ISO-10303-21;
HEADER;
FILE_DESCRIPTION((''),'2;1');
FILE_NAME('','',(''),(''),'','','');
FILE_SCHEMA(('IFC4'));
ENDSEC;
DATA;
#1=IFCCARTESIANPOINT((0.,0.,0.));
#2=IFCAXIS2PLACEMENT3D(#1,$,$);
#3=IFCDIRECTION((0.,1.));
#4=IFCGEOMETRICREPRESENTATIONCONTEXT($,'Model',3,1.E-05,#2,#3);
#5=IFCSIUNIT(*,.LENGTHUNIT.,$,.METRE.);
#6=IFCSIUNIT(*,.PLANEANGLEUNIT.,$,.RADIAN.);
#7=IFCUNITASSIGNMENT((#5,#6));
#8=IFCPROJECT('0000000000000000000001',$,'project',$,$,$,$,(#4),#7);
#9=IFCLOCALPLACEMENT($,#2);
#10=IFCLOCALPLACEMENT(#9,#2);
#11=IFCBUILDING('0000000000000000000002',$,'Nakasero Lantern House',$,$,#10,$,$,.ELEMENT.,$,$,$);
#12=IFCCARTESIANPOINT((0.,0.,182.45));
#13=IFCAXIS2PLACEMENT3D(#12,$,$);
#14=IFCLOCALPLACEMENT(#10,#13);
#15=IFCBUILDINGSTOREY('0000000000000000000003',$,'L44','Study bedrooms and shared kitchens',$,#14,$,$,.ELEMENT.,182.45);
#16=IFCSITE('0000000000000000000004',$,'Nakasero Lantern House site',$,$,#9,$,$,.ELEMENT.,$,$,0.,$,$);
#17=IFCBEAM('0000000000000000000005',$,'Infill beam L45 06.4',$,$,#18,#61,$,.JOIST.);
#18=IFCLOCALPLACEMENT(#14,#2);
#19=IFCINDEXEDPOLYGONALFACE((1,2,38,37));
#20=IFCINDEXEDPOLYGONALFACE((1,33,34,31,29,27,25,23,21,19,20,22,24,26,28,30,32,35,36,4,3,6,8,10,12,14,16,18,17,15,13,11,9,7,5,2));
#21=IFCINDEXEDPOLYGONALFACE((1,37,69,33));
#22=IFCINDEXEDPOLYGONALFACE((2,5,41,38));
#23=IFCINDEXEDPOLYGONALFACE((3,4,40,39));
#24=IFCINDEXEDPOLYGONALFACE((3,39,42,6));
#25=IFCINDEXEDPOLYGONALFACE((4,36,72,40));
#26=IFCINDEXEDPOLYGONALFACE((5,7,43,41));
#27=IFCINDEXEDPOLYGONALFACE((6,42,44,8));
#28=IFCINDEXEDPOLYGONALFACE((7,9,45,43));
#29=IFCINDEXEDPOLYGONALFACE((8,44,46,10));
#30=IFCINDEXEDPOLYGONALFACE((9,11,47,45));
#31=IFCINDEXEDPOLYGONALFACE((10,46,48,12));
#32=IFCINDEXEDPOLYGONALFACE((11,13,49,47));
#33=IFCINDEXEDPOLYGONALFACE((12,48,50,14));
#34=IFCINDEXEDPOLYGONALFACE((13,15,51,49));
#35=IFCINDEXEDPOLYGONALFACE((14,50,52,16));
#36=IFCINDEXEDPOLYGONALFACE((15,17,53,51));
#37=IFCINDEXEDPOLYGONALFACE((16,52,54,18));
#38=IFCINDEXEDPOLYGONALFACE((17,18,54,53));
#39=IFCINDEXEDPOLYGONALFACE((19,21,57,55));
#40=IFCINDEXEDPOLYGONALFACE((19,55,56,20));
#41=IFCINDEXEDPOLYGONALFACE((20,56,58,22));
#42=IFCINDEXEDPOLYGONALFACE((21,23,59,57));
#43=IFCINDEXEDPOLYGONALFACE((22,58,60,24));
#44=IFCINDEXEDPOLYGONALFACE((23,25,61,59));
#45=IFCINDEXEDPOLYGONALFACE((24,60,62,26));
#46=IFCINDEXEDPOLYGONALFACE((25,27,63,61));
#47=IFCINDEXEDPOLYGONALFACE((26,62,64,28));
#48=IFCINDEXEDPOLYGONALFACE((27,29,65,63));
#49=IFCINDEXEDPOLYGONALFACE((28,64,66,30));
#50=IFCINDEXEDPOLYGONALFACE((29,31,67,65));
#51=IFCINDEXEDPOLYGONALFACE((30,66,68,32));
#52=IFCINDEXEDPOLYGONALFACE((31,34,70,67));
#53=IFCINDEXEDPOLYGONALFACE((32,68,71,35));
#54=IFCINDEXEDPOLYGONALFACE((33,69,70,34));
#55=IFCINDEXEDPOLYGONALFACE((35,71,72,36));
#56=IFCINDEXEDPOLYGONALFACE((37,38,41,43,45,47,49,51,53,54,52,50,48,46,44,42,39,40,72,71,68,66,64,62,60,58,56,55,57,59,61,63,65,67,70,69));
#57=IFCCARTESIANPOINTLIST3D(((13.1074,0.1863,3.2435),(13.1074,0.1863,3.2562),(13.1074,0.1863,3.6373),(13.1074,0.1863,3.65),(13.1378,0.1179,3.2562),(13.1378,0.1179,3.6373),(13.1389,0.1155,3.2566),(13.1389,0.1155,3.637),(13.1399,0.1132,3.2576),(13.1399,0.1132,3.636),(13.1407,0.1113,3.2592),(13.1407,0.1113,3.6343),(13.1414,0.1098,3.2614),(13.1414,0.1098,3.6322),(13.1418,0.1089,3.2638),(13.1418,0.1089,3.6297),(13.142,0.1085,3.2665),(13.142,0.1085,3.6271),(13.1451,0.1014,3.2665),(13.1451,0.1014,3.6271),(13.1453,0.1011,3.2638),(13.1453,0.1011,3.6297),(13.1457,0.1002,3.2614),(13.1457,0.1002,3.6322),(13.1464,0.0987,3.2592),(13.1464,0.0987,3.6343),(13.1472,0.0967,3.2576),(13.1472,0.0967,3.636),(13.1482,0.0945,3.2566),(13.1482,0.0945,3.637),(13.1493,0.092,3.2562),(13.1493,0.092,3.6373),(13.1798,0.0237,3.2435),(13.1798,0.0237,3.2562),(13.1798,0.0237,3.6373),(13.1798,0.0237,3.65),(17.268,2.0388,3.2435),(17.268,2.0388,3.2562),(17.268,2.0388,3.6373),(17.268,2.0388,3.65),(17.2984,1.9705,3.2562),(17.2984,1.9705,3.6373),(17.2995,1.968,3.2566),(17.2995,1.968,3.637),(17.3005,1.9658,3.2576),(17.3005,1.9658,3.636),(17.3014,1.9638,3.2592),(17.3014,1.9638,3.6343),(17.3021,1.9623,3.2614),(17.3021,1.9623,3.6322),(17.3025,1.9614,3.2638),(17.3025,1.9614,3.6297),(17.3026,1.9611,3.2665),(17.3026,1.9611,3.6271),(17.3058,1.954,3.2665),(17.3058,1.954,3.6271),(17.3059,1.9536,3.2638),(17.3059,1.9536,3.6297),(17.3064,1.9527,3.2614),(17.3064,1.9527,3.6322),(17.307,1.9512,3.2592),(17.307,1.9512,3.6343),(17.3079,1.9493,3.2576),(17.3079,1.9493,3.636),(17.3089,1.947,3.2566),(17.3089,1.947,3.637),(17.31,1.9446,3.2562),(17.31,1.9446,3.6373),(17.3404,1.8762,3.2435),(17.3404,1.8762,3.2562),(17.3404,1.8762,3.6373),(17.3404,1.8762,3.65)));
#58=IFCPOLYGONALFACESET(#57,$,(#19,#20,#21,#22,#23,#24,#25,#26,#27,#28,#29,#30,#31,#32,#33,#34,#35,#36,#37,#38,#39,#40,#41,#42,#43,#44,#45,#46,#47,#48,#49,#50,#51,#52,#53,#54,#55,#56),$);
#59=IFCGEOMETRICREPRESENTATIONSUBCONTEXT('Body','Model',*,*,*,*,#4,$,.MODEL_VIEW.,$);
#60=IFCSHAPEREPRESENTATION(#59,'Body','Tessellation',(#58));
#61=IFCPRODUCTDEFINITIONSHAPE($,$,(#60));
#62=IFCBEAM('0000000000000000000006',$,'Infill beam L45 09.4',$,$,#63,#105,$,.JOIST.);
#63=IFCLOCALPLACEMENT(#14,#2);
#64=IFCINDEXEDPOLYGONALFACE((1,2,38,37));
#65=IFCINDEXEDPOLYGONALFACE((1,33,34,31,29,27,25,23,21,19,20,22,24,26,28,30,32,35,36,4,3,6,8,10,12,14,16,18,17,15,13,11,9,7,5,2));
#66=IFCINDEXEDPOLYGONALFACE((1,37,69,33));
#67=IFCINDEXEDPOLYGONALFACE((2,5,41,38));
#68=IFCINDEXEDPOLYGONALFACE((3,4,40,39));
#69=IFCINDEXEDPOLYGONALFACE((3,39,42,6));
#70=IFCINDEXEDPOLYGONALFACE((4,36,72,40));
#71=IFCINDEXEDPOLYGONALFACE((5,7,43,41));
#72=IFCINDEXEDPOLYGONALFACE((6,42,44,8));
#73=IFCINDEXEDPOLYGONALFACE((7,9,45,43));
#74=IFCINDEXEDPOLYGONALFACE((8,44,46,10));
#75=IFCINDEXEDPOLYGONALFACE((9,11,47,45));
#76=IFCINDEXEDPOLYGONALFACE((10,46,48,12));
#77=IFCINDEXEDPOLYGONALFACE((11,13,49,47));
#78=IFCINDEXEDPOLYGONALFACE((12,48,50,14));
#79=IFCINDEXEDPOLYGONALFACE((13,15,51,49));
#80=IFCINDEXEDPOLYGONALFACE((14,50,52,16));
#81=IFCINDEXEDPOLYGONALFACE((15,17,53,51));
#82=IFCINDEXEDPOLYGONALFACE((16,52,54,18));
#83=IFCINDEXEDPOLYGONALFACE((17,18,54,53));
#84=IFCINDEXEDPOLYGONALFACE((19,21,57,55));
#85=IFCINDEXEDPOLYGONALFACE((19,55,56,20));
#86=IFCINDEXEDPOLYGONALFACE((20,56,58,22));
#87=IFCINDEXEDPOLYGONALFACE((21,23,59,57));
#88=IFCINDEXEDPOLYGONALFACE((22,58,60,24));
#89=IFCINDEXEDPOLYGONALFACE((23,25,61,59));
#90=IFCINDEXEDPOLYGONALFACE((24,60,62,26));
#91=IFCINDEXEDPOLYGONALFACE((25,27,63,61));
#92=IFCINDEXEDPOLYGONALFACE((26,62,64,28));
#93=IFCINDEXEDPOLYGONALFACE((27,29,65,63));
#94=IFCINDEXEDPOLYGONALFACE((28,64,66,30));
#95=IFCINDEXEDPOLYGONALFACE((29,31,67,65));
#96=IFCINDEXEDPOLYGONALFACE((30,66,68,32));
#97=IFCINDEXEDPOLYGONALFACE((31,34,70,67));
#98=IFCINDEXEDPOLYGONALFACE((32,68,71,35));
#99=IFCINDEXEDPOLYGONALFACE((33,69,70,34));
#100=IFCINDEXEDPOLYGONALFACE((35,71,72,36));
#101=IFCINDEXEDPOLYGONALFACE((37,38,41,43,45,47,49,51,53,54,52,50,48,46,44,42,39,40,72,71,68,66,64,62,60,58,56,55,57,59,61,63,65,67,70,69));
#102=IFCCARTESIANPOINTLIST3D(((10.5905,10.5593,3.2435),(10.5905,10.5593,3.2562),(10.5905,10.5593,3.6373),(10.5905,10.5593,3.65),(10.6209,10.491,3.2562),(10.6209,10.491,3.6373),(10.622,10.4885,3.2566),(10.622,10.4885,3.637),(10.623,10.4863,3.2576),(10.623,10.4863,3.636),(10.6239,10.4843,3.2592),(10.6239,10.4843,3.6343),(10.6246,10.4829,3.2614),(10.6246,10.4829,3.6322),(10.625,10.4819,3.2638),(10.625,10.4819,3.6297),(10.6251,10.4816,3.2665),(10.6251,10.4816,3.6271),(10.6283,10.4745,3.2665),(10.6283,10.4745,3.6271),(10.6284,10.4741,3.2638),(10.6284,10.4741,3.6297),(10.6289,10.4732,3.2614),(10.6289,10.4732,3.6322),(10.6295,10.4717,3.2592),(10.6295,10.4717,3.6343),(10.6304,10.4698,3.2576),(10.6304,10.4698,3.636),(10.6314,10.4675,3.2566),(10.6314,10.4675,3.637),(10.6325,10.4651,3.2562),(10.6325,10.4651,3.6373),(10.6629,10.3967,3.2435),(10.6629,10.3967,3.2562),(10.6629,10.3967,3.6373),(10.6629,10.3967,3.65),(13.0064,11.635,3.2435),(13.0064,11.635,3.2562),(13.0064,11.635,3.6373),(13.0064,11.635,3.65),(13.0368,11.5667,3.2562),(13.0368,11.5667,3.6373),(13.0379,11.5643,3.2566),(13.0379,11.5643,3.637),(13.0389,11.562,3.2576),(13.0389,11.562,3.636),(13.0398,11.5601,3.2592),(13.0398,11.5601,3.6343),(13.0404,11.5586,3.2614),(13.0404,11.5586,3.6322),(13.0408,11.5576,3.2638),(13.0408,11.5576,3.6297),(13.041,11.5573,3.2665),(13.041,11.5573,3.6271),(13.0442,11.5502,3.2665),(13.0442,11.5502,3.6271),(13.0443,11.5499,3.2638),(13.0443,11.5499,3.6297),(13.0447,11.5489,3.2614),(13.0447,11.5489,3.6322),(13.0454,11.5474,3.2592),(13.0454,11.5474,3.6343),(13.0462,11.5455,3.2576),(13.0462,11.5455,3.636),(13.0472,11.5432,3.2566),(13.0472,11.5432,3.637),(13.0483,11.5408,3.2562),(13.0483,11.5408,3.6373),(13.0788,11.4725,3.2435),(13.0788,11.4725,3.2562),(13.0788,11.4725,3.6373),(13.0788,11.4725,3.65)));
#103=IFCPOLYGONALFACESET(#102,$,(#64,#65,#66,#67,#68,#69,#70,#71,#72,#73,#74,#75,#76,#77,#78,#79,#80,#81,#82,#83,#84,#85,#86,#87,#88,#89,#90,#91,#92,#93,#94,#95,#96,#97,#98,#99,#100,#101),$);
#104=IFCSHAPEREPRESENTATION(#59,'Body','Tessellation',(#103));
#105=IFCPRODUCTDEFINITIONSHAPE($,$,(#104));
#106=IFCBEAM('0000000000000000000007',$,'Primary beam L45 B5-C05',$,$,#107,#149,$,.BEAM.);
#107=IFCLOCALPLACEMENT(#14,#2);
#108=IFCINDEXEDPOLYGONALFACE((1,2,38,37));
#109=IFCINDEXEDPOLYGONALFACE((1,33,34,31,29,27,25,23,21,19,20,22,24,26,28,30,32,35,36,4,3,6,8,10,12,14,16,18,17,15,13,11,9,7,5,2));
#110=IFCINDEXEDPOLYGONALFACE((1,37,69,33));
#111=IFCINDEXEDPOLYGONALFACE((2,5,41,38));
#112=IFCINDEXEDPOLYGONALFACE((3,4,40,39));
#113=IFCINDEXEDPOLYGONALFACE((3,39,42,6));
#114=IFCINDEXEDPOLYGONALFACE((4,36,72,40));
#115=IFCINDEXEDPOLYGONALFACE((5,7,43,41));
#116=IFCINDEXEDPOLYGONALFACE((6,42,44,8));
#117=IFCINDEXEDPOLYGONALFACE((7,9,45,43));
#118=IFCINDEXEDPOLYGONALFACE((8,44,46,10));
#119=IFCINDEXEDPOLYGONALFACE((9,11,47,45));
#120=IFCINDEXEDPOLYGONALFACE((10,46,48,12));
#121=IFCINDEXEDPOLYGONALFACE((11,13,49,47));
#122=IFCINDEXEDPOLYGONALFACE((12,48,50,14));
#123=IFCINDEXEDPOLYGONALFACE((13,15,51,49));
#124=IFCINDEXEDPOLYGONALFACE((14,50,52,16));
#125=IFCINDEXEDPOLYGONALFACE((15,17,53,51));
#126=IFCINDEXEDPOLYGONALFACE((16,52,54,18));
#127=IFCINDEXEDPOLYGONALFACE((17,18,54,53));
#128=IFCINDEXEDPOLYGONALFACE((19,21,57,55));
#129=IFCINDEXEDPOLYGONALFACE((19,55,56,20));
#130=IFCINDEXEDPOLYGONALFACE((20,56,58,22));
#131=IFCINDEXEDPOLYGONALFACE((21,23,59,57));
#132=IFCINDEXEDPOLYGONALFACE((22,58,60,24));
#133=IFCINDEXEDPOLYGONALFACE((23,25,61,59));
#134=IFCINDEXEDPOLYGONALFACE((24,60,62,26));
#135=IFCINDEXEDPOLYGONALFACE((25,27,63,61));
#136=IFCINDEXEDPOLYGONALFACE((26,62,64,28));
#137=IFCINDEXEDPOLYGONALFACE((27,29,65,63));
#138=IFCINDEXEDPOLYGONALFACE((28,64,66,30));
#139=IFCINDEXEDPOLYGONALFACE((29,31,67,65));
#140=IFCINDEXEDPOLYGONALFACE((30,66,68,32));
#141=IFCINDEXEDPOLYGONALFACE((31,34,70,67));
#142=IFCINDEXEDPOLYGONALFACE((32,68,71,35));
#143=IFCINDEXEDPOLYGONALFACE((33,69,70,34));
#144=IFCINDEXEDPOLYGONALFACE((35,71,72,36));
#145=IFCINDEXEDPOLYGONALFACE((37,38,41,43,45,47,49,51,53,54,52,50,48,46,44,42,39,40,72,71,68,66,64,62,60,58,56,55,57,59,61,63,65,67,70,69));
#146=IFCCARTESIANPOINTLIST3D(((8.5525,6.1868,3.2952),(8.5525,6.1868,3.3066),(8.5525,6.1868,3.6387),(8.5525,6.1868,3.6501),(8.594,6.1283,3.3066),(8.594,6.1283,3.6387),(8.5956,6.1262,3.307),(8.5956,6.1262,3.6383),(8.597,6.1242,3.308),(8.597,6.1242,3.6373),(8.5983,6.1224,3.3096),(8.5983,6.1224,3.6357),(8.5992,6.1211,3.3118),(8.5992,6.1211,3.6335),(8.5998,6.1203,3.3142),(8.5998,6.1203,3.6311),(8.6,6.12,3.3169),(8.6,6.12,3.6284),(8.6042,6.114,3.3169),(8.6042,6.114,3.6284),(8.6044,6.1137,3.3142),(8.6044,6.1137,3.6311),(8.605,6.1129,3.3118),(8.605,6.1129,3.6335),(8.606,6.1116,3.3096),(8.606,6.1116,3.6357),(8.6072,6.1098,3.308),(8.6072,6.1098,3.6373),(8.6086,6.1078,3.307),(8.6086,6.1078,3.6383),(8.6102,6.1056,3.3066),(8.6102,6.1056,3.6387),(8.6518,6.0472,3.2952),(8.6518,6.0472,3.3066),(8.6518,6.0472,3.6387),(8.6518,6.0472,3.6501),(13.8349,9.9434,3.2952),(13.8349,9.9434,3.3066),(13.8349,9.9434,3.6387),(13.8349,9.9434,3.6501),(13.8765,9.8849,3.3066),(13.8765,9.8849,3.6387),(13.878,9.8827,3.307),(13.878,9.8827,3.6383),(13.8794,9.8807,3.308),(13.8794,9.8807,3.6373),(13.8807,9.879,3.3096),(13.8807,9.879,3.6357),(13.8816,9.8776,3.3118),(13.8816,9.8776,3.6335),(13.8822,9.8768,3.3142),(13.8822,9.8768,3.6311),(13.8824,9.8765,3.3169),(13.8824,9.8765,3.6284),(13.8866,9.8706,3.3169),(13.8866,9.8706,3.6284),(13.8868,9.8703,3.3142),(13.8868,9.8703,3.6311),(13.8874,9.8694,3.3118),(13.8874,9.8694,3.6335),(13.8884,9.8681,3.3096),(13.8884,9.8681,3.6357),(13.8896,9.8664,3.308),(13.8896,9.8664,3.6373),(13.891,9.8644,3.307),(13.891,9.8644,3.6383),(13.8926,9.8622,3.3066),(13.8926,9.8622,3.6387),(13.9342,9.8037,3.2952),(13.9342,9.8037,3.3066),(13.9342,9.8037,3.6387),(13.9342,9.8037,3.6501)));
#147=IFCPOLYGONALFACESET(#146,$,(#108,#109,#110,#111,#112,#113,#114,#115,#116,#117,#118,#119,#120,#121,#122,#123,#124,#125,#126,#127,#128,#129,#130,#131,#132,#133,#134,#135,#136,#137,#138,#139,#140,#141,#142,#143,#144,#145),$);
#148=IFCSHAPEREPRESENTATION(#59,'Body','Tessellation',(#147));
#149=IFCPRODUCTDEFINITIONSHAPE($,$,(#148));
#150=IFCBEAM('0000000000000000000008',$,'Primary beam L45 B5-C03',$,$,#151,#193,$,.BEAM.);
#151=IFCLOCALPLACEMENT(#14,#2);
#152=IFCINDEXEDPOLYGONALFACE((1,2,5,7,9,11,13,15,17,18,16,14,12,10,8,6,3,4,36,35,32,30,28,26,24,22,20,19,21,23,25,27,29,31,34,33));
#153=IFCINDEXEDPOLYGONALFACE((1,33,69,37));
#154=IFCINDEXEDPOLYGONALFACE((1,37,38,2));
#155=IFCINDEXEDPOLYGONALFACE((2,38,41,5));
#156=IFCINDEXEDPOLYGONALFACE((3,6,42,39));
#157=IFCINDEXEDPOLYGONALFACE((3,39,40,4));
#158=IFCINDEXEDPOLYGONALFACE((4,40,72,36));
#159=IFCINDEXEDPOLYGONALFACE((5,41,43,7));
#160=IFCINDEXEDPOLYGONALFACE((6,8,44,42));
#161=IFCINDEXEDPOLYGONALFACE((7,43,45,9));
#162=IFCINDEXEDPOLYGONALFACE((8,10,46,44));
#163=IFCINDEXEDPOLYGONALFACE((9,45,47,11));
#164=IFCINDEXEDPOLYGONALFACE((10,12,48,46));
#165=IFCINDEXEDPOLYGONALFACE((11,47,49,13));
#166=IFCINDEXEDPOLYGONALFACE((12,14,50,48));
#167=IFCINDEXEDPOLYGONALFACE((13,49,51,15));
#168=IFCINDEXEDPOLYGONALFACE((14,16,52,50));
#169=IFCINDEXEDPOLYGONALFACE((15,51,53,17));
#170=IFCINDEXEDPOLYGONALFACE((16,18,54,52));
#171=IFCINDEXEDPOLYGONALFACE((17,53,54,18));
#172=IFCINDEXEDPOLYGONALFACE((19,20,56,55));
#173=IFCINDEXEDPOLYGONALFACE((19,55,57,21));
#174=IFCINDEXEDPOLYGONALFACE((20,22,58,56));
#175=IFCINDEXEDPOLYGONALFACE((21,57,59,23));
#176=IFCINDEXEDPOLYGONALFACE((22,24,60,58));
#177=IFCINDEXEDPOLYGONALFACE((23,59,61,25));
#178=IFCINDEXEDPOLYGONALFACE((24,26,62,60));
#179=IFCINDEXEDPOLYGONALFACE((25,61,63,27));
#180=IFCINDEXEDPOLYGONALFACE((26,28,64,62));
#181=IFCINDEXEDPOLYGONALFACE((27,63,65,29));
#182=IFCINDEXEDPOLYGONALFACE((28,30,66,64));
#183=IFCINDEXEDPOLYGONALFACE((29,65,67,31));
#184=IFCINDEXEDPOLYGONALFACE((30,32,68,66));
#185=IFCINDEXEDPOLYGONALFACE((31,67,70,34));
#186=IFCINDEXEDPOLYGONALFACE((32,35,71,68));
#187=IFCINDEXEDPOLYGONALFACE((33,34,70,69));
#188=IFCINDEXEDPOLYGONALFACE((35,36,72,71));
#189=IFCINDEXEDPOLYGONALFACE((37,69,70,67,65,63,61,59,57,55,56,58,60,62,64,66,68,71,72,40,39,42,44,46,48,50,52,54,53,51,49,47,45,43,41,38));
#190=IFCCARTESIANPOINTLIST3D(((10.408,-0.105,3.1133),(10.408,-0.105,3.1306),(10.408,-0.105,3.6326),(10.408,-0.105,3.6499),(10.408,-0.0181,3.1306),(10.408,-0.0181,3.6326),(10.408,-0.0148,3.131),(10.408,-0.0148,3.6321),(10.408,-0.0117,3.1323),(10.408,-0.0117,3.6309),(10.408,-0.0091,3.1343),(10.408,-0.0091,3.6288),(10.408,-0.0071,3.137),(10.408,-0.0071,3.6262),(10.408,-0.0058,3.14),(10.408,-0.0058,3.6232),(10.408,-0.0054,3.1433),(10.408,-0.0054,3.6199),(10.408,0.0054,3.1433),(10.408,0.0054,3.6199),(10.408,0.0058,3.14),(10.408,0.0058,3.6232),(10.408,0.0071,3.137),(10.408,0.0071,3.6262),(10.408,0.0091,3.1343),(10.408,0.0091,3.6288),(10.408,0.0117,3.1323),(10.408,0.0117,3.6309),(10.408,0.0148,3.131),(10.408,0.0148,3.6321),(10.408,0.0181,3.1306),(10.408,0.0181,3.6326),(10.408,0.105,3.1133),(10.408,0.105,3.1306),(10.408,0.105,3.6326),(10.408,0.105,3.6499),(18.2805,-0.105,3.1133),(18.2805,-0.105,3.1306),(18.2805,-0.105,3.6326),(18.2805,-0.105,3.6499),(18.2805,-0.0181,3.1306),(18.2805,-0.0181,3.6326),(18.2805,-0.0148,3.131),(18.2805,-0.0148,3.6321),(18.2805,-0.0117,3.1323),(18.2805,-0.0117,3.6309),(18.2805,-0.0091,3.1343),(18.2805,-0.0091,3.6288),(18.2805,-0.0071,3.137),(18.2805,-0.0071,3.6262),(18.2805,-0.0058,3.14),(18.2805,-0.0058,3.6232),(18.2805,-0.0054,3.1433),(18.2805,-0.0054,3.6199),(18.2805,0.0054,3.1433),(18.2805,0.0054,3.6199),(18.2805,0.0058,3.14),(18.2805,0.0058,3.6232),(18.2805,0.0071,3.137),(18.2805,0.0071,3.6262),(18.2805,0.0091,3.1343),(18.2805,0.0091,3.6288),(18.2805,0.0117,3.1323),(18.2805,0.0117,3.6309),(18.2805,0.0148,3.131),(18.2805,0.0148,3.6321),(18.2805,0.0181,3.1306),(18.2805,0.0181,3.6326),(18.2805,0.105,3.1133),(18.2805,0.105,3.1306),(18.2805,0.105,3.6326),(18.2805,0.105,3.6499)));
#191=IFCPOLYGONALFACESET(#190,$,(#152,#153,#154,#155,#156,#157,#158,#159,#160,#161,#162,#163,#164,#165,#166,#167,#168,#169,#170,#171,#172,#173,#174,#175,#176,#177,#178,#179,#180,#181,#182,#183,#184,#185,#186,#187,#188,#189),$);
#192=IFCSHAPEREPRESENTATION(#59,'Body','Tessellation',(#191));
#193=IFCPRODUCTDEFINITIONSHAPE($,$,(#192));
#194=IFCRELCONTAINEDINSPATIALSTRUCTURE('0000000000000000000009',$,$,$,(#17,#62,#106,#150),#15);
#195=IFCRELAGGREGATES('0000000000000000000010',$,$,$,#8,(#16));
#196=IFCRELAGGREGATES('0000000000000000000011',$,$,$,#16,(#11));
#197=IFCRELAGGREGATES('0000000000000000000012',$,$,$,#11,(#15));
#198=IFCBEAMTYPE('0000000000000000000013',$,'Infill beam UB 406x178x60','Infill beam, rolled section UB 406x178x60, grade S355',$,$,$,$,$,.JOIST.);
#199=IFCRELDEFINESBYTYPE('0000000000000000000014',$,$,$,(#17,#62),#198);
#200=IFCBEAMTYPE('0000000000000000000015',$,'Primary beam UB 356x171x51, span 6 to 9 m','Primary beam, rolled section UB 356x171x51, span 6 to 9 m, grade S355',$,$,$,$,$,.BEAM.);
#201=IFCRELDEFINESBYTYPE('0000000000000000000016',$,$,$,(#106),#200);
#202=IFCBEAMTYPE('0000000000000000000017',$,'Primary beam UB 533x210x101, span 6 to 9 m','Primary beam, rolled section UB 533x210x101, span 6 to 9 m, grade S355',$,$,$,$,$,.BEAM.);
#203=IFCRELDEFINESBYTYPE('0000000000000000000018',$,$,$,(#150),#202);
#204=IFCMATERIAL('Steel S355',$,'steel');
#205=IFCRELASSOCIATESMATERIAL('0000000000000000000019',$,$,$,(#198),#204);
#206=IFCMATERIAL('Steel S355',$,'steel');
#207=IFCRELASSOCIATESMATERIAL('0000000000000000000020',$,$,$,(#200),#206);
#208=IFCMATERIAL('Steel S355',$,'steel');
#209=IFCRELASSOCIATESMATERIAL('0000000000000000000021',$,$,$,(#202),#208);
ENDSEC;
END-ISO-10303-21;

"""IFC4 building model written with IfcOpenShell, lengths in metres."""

from ifc_helpers import new_model, si_unit, direction, frame, origin, origin_2d, place, context, subcontext, project, spatial, i_section, extrude, material, material_profile, profile_set, type_object, element, save


model = new_model("IFC4")

# Units and contexts
model_context = context("Model", 3, precision=1e-05, world=origin(), true_north=direction((0.0, 1.0)))
body_context = subcontext(model_context, "Body", "Model", "MODEL_VIEW")
ifc_project = project(units=[si_unit("LENGTHUNIT", "METRE"), si_unit("PLANEANGLEUNIT", "RADIAN")], contexts=[model_context])

# Site, building, storey
site_placement = place(None, origin())
site = spatial("IfcSite", under=ifc_project, at=site_placement, Name="Nakasero Lantern House site", CompositionType="ELEMENT", RefElevation=0.0)
building_placement = place(site_placement, origin())
building = spatial("IfcBuilding", under=site, at=building_placement, Name="Nakasero Lantern House", CompositionType="ELEMENT")
storey_placement = place(building_placement, frame((0.0, 0.0, 182.45)))
storey = spatial("IfcBuildingStorey", under=building, at=storey_placement, Name="L44", Description="Study bedrooms and shared kitchens", CompositionType="ELEMENT", Elevation=182.45)

# Beams
ifc_material_1 = material(Name="Steel S355", Category="steel")
ifc_material_profile_1 = material_profile(ifc_material_1, i_section(OverallWidth=0.178, OverallDepth=0.4065, WebThickness=0.0078, FlangeThickness=0.0127, FilletRadius=0.0103, at=origin_2d()), Name="UB 406x178x60")
ifc_profile_set_1 = profile_set([ifc_material_profile_1], Name="Steel S355")
beam_type_1 = type_object("IfcBeamType", Name="Infill beam UB 406x178x60", Description="Infill beam, rolled section UB 406x178x60, grade S355", PredefinedType="JOIST", material=ifc_profile_set_1)
beam_1_placement = place(storey_placement, frame((13.1436, 0.105, 3.4468), z_axis=(0.913537, 0.406755, 0.0), x_axis=(-0.406755, 0.913537, 0.0)))
element("IfcBeam", 1, at=beam_1_placement, inside=storey, type_object=beam_type_1, Name="Infill beam L45 06.4", PredefinedType="JOIST", context=body_context, shape_type="SweptSolid", body=[
    extrude(i_section(OverallWidth=0.178, OverallDepth=0.4065, WebThickness=0.0078, FlangeThickness=0.0127, FilletRadius=0.0103, at=origin_2d()), origin(), (0.0, 0.0, 1.0), 4.5544),
])
beam_2_placement = place(storey_placement, frame((10.6267, 10.478, 3.4468), z_axis=(0.91353, 0.406772, 0.0), x_axis=(-0.406772, 0.91353, 0.0)))
element("IfcBeam", 2, at=beam_2_placement, inside=storey, type_object=beam_type_1, Name="Infill beam L45 09.4", PredefinedType="JOIST", context=body_context, shape_type="SweptSolid", body=[
    extrude(i_section(OverallWidth=0.178, OverallDepth=0.4065, WebThickness=0.0078, FlangeThickness=0.0127, FilletRadius=0.0103, at=origin_2d()), origin(), (0.0, 0.0, 1.0), 2.6445),
])
ifc_material_2 = material(Name="Steel S355", Category="steel")
ifc_material_profile_2 = material_profile(ifc_material_2, i_section(OverallWidth=0.1714, OverallDepth=0.355, WebThickness=0.0073, FlangeThickness=0.0115, FilletRadius=0.0103, at=origin_2d()), Name="UB 356x171x51")
ifc_profile_set_2 = profile_set([ifc_material_profile_2], Name="Steel S355")
beam_type_2 = type_object("IfcBeamType", Name="Primary beam UB 356x171x51, span 6 to 9 m", Description="Primary beam, rolled section UB 356x171x51, span 6 to 9 m, grade S355", PredefinedType="BEAM", material=ifc_profile_set_2)
beam_3_placement = place(storey_placement, frame((13.8845, 9.8735, 3.4727), z_axis=(-0.814943, -0.579541, 0.0), x_axis=(0.579541, -0.814943, 0.0)))
element("IfcBeam", 3, at=beam_3_placement, inside=storey, type_object=beam_type_2, Name="Primary beam L45 B5-C05", PredefinedType="BEAM", context=body_context, shape_type="SweptSolid", body=[
    extrude(i_section(OverallWidth=0.1714, OverallDepth=0.355, WebThickness=0.0073, FlangeThickness=0.0115, FilletRadius=0.0103, at=origin_2d()), origin(), (0.0, 0.0, 1.0), 6.4819),
])
ifc_material_3 = material(Name="Steel S355", Category="steel")
ifc_material_profile_3 = material_profile(ifc_material_3, i_section(OverallWidth=0.21, OverallDepth=0.5366, WebThickness=0.0107, FlangeThickness=0.0173, FilletRadius=0.0127, at=origin_2d()), Name="UB 533x210x101")
ifc_profile_set_3 = profile_set([ifc_material_profile_3], Name="Steel S355")
beam_type_3 = type_object("IfcBeamType", Name="Primary beam UB 533x210x101, span 6 to 9 m", Description="Primary beam, rolled section UB 533x210x101, span 6 to 9 m, grade S355", PredefinedType="BEAM", material=ifc_profile_set_3)
beam_4_placement = place(storey_placement, frame((18.2805, 0.0, 3.3816), z_axis=(-1.0, 0.0, 0.0), x_axis=(0.0, -1.0, 0.0)))
element("IfcBeam", 4, at=beam_4_placement, inside=storey, type_object=beam_type_3, Name="Primary beam L45 B5-C03", PredefinedType="BEAM", context=body_context, shape_type="SweptSolid", body=[
    extrude(i_section(OverallWidth=0.21, OverallDepth=0.5366, WebThickness=0.0107, FlangeThickness=0.0173, FilletRadius=0.0127, at=origin_2d()), origin(), (0.0, 0.0, 1.0), 7.8726),
])

save(model, "model.ifc")
